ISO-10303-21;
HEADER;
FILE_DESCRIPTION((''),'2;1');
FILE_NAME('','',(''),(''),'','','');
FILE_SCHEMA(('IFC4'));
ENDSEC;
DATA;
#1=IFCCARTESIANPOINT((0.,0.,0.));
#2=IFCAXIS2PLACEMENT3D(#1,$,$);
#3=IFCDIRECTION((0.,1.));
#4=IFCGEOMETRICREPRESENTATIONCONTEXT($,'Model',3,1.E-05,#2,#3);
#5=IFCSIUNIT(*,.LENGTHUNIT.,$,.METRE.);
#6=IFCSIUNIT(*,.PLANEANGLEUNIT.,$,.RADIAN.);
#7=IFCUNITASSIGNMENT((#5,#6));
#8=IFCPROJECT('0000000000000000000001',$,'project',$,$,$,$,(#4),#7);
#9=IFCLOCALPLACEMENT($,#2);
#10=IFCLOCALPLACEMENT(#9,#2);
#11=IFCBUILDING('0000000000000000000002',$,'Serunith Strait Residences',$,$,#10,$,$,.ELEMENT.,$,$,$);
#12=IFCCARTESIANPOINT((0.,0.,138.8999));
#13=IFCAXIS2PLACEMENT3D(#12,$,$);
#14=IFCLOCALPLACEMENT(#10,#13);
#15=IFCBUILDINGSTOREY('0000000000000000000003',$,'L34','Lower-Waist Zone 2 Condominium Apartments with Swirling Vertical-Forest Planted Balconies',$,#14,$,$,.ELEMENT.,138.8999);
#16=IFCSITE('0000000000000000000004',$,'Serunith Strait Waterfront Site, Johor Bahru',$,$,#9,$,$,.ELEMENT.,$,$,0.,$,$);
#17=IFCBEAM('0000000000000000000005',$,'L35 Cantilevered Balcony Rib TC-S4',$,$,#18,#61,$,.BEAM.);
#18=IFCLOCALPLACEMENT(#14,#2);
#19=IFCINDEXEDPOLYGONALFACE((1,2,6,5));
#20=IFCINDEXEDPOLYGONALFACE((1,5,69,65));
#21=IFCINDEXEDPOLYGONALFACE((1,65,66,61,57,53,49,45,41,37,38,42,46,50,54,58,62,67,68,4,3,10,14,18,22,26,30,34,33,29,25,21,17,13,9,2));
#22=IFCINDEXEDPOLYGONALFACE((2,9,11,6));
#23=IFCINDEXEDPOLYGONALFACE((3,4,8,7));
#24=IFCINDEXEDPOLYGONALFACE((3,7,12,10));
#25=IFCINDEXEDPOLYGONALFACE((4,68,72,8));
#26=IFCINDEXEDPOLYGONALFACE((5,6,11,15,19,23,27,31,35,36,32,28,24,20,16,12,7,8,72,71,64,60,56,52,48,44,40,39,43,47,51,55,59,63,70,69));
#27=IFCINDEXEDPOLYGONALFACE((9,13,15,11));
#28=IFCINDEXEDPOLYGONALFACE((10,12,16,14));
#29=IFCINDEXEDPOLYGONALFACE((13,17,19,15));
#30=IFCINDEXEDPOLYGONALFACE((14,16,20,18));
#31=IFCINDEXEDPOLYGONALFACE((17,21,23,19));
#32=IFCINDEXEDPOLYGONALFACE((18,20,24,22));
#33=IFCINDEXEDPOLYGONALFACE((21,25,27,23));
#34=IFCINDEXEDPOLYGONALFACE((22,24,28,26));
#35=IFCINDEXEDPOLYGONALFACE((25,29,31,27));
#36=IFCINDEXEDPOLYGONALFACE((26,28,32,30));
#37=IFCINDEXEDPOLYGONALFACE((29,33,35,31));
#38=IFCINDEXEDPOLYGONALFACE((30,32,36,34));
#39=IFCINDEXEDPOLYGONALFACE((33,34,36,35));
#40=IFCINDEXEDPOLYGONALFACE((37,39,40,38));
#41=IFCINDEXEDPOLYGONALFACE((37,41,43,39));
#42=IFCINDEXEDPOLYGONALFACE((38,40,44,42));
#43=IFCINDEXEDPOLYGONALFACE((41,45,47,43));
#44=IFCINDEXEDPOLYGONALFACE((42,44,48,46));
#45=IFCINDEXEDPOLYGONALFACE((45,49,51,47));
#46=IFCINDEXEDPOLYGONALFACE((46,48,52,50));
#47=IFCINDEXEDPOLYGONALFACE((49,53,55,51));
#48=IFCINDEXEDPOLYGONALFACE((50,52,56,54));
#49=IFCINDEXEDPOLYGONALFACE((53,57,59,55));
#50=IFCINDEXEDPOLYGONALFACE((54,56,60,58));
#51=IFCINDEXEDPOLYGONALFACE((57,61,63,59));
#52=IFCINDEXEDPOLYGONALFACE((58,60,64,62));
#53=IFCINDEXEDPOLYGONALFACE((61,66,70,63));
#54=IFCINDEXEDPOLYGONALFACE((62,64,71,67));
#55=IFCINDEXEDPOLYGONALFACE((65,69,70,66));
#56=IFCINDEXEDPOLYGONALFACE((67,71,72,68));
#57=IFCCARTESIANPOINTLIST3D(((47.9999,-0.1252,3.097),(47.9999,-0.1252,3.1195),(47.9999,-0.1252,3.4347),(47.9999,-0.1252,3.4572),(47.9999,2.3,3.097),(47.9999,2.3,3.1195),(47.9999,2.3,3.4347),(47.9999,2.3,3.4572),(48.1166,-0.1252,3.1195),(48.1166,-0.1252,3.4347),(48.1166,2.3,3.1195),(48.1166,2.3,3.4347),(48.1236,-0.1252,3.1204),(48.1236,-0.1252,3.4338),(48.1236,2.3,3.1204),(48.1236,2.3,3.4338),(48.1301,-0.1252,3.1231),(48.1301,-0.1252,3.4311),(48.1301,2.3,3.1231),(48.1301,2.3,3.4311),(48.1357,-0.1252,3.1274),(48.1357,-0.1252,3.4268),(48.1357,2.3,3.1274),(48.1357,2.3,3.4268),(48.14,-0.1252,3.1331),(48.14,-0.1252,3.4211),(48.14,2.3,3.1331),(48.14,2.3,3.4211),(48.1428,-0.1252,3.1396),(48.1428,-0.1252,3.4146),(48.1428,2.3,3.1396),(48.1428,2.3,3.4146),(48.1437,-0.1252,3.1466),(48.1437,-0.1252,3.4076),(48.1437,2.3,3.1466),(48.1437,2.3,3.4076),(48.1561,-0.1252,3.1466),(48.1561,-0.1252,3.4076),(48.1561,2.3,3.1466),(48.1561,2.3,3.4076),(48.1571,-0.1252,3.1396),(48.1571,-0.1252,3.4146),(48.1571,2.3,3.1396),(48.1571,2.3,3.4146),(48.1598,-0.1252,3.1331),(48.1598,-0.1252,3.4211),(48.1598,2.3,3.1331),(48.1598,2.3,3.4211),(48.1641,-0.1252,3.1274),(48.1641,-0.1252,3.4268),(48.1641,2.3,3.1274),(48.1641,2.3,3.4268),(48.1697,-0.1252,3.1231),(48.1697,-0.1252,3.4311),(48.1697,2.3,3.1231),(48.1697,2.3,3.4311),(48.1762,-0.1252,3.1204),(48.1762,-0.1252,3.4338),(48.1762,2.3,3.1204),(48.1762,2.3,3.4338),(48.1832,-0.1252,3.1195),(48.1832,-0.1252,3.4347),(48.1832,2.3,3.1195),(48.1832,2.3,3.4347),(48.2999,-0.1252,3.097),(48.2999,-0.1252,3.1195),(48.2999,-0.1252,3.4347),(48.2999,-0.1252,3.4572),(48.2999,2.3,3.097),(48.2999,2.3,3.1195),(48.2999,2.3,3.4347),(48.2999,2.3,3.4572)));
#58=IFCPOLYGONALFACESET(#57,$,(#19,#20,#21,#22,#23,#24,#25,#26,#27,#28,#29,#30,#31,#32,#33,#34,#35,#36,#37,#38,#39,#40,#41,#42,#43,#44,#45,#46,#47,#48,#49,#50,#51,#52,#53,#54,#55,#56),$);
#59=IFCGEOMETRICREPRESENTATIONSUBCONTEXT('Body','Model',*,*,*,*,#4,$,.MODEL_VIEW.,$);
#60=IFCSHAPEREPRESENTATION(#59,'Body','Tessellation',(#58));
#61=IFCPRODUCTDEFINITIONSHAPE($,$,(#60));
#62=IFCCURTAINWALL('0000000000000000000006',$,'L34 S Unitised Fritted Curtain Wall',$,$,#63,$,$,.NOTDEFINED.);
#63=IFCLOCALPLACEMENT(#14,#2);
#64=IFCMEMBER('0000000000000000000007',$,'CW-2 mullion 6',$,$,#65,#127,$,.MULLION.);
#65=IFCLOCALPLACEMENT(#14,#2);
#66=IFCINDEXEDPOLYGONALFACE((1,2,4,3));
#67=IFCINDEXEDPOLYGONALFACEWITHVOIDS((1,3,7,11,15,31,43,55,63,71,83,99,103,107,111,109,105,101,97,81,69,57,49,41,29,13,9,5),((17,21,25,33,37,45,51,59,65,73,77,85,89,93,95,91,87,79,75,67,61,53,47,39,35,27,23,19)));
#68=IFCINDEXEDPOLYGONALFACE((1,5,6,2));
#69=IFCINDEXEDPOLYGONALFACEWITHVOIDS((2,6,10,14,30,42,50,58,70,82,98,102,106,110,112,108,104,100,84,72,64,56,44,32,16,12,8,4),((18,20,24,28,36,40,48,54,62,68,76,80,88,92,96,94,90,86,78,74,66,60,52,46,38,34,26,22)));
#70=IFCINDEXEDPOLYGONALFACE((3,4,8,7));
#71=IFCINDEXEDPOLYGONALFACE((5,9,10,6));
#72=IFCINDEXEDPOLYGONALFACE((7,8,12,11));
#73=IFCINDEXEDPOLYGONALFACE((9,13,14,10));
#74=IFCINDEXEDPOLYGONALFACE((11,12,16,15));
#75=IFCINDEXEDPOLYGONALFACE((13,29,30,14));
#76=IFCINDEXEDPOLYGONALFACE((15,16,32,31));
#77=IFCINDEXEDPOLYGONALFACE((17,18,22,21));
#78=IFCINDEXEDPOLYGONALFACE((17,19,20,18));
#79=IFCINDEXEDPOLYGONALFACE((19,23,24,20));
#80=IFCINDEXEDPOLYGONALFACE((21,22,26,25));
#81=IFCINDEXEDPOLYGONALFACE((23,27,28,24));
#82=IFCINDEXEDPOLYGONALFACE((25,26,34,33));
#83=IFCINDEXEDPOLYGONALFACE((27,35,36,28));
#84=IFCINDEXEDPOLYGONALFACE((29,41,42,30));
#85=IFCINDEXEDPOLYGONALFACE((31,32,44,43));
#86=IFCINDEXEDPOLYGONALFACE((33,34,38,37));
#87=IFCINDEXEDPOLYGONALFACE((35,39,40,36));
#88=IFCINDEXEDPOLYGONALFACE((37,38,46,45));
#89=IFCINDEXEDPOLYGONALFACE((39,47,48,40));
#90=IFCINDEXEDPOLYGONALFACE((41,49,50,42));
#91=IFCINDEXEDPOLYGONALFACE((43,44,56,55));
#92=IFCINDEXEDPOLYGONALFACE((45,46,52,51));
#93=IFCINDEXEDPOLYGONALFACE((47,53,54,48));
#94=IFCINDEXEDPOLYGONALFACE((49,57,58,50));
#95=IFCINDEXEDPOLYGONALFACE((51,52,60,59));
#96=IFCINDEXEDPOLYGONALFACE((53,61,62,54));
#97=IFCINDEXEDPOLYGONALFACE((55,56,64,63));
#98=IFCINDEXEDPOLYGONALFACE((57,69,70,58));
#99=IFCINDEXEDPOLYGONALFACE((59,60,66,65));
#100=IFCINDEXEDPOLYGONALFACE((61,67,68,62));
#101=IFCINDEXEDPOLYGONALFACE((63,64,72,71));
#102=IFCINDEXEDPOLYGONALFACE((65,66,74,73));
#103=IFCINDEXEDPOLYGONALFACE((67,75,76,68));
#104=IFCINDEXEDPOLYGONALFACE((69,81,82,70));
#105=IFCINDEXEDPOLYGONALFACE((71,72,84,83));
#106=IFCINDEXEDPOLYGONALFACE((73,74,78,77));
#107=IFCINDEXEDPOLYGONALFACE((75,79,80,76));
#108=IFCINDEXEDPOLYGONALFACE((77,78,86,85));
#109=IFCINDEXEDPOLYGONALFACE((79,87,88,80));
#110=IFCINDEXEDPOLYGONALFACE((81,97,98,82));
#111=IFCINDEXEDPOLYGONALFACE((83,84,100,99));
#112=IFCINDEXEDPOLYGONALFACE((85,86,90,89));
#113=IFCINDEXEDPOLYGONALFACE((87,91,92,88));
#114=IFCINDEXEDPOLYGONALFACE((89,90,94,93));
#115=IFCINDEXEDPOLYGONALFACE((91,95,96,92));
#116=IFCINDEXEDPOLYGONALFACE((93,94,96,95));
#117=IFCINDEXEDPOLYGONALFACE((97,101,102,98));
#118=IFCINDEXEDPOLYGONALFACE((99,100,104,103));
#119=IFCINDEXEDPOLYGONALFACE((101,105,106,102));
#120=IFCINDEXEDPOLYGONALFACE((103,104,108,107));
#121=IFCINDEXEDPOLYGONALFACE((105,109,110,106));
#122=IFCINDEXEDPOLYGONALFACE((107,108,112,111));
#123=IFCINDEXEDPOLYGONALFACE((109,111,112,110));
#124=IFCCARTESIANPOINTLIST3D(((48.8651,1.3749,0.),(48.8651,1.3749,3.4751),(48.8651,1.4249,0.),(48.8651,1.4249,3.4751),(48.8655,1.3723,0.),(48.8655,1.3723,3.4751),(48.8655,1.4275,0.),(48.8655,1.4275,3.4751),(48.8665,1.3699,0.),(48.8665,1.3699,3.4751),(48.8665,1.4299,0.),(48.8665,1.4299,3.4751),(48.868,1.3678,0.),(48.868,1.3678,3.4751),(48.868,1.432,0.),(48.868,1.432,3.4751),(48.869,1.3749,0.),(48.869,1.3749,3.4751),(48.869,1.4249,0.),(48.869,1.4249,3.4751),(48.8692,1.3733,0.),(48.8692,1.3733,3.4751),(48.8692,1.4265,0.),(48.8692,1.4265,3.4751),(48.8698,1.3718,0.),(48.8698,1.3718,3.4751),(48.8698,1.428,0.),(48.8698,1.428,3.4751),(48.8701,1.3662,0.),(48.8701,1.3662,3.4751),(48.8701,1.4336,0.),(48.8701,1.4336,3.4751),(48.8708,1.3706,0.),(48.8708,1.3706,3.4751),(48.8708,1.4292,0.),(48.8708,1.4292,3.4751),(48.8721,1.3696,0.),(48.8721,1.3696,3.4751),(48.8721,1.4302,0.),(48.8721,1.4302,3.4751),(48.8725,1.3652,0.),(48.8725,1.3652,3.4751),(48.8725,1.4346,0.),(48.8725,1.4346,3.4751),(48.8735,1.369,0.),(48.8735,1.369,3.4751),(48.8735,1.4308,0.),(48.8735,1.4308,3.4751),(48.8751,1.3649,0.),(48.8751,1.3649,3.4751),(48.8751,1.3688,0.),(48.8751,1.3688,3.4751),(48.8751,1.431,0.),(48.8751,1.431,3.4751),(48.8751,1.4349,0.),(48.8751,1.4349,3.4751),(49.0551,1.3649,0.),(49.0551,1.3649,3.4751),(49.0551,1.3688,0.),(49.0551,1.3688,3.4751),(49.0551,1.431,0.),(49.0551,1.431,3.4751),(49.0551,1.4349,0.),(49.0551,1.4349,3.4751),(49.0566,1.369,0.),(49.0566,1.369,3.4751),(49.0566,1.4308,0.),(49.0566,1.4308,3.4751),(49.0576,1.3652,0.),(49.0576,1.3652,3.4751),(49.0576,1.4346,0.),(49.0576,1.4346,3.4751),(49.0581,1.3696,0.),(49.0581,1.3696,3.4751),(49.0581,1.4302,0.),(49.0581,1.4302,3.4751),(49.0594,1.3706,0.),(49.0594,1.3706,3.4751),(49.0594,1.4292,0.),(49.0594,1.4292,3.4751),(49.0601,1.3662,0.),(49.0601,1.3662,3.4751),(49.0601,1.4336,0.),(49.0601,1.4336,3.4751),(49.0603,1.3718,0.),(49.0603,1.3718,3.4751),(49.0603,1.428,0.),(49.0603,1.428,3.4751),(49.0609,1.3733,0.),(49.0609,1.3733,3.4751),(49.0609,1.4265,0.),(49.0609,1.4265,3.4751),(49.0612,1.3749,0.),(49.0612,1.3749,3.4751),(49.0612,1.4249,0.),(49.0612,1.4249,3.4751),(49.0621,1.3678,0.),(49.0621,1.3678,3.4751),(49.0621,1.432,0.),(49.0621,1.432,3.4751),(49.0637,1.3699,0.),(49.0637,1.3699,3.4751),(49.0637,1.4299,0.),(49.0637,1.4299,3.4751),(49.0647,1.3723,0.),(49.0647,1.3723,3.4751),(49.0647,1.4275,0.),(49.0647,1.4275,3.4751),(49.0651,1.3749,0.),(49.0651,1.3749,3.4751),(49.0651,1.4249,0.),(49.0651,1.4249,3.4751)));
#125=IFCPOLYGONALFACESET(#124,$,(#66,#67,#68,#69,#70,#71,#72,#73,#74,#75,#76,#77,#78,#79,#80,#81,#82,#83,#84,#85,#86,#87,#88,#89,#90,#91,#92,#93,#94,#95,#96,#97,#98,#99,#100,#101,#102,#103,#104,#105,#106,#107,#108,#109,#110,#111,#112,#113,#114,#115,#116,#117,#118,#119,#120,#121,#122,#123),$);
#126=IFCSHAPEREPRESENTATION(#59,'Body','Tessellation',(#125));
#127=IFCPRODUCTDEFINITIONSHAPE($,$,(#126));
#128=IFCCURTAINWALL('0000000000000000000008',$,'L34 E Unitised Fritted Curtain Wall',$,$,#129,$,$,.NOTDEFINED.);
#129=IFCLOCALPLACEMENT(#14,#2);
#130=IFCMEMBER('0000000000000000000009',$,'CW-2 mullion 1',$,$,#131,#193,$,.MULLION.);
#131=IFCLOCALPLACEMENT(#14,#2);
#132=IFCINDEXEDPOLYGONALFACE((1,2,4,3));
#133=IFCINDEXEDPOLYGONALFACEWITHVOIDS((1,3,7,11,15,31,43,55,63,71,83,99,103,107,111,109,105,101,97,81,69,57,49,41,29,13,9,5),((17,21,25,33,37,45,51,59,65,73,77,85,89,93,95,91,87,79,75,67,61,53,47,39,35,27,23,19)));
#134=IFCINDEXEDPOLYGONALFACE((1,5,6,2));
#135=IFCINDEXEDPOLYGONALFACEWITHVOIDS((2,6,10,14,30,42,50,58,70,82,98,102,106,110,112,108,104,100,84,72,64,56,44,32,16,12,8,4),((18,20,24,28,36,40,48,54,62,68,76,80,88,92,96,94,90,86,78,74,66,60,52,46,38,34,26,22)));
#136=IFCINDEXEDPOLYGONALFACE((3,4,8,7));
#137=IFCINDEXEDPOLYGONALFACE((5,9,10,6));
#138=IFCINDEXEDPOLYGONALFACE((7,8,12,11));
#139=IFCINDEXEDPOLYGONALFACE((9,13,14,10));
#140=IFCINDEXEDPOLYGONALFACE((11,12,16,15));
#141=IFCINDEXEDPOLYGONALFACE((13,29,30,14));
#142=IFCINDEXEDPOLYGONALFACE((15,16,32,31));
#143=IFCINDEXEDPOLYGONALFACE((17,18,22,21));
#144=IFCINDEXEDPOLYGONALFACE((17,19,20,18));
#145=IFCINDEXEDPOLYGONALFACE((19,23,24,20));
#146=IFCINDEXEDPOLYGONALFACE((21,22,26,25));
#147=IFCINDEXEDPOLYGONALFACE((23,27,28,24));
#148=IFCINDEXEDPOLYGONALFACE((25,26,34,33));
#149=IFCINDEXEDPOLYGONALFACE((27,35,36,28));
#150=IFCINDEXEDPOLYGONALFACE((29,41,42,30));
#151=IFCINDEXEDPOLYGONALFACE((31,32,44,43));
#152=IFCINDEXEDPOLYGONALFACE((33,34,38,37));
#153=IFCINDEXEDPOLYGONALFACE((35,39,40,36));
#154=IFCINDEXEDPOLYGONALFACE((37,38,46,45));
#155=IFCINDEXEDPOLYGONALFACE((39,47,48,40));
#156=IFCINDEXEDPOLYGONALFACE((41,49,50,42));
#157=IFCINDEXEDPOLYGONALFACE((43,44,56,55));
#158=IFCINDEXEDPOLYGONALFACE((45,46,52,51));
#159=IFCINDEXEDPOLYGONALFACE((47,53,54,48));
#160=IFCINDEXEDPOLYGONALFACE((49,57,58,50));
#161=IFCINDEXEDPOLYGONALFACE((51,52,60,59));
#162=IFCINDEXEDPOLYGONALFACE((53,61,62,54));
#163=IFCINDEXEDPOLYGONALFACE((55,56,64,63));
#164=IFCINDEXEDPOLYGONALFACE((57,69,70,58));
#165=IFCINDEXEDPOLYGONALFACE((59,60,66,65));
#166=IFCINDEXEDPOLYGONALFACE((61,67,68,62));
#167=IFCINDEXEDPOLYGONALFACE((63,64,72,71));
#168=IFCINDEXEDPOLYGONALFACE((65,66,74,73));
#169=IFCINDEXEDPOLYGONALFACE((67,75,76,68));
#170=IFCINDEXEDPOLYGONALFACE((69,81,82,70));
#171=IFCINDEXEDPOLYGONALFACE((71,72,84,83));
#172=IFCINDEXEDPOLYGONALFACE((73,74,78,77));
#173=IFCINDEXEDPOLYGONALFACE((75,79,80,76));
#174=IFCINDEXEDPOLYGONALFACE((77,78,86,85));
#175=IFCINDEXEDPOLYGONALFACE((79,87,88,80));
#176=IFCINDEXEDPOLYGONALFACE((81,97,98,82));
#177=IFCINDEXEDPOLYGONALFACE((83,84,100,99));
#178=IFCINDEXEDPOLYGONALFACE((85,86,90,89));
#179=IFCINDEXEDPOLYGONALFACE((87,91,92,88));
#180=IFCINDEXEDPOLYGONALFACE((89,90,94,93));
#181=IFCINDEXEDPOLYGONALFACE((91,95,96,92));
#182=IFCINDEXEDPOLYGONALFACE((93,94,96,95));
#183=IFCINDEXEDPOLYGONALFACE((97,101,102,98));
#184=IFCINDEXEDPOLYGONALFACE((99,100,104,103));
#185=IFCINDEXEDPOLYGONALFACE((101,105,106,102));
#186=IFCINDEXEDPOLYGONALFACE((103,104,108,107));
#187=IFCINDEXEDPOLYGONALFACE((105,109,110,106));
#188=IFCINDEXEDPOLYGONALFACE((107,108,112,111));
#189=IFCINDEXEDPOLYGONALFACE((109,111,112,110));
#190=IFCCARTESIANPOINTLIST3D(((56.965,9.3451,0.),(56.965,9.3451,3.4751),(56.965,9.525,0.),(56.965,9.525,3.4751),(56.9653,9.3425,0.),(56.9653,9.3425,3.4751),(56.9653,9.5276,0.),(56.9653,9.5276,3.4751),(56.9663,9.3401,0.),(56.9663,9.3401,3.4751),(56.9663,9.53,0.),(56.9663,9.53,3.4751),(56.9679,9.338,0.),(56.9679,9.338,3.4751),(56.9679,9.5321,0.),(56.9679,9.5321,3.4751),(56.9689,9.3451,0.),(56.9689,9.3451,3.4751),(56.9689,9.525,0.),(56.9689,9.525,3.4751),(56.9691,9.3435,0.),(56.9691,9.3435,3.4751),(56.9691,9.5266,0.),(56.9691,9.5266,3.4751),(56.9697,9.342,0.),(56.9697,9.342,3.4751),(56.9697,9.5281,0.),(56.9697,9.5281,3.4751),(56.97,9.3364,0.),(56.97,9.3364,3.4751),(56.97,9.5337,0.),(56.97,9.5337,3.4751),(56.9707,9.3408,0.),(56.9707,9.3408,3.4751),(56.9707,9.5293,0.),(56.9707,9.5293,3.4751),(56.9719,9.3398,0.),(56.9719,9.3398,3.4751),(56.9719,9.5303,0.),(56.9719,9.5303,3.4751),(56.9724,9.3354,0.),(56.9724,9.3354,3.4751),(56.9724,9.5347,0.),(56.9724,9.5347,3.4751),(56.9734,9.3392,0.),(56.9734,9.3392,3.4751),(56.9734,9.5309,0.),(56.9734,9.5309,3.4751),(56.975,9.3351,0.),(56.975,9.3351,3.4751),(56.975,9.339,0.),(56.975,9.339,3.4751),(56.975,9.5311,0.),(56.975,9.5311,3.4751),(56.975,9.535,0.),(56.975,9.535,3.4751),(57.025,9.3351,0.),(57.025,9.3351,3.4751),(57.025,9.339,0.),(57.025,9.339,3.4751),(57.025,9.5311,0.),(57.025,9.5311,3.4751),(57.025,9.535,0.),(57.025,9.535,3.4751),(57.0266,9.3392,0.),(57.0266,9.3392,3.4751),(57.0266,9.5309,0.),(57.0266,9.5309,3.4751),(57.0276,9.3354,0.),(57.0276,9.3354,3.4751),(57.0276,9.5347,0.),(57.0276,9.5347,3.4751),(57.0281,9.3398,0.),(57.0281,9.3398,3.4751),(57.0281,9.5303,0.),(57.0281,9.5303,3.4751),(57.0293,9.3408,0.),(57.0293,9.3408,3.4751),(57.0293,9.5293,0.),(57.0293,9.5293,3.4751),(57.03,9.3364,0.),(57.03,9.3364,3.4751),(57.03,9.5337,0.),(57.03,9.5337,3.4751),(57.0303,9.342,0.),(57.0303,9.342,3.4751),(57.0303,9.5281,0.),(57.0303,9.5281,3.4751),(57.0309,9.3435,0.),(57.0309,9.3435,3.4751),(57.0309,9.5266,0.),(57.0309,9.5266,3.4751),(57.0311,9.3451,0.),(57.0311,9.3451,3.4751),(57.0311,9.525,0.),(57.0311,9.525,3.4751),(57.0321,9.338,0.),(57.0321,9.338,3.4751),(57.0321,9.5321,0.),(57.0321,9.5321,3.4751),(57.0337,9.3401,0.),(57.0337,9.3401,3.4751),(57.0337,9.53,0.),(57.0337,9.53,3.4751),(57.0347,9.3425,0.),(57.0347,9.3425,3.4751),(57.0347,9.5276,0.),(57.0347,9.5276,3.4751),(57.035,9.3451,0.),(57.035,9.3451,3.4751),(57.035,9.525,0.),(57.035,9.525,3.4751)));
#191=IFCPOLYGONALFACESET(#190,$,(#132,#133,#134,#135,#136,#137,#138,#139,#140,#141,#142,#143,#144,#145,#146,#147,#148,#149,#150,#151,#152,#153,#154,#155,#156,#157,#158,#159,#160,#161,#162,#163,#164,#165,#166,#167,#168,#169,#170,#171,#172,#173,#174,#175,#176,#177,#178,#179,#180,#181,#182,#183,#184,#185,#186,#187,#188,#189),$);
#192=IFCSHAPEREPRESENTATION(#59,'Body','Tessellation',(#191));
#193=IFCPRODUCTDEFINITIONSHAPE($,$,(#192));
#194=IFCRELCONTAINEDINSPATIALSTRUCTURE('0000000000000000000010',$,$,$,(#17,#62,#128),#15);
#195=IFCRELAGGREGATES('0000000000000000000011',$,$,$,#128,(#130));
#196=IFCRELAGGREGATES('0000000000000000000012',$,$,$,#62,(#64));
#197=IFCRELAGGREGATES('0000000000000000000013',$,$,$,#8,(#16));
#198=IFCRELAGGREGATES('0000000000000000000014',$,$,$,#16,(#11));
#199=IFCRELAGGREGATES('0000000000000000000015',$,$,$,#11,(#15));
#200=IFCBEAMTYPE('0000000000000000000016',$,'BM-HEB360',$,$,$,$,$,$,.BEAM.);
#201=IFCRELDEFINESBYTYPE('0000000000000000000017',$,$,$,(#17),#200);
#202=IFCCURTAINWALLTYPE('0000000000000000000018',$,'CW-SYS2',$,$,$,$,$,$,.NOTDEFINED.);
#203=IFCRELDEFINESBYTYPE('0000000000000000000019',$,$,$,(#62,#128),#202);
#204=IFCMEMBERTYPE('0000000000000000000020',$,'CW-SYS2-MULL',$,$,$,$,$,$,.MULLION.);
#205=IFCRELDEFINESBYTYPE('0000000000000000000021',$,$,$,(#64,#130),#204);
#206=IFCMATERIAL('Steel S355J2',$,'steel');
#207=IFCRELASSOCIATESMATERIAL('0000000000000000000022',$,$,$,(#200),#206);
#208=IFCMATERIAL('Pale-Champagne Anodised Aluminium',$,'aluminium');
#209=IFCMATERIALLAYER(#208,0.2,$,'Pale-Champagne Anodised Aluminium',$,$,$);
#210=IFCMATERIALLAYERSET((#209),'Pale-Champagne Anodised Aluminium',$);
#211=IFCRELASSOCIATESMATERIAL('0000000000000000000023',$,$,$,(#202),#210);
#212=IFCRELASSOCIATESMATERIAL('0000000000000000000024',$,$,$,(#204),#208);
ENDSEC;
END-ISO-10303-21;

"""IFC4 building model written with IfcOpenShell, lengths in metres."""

from ifc_helpers import new_model, si_unit, direction, frame, origin, origin_2d, place, context, subcontext, project, spatial, hollow_rectangle, i_section, extrude, source, transform, mapped, material, layer, layer_set, material_profile, profile_set, type_object, element, aggregate, save


model = new_model("IFC4")

# Units and contexts
model_context = context("Model", 3, precision=1e-05, world=origin(), true_north=direction((0.0, 1.0)))
body_context = subcontext(model_context, "Body", "Model", "MODEL_VIEW")
ifc_project = project(units=[si_unit("LENGTHUNIT", "METRE"), si_unit("PLANEANGLEUNIT", "RADIAN")], contexts=[model_context])

# Site, building, storey
site_placement = place(None, origin())
site = spatial("IfcSite", under=ifc_project, at=site_placement, Name="Serunith Strait Waterfront Site, Johor Bahru", CompositionType="ELEMENT", RefElevation=0.0)
building_placement = place(site_placement, origin())
building = spatial("IfcBuilding", under=site, at=building_placement, Name="Serunith Strait Residences", CompositionType="ELEMENT")
storey_placement = place(building_placement, frame((0.0, 0.0, 138.8999)))
storey = spatial("IfcBuildingStorey", under=building, at=storey_placement, Name="L34", Description="Lower-Waist Zone 2 Condominium Apartments with Swirling Vertical-Forest Planted Balconies", CompositionType="ELEMENT", Elevation=138.8999)

# Beam
ifc_material_1 = material(Name="Steel S355J2", Category="steel")
ifc_material_profile_1 = material_profile(ifc_material_1, i_section(OverallWidth=0.3, OverallDepth=0.3601, WebThickness=0.0125, FlangeThickness=0.0225, FilletRadius=0.0271, at=origin_2d()), Name="HEB 360")
ifc_profile_set_1 = profile_set([ifc_material_profile_1], Name="Steel S355J2")
beam_type_1 = type_object("IfcBeamType", Name="BM-HEB360", PredefinedType="BEAM", material=ifc_profile_set_1)
shared_shape_1 = source(origin(), body_context, "Body", "SweptSolid", [
    extrude(i_section(OverallWidth=0.3, OverallDepth=0.3601, WebThickness=0.0125, FlangeThickness=0.0225, FilletRadius=0.0271, at=origin_2d()), origin(), (0.0, 0.0, 1.0), 2.4253),
])
beam_1_placement = place(storey_placement, frame((48.1499, 2.3, 3.2771), z_axis=(0.0, -1.0, 0.0), x_axis=(1.0, 0.0, 0.0)))
element("IfcBeam", 1, at=beam_1_placement, inside=storey, type_object=beam_type_1, Name="L35 Cantilevered Balcony Rib TC-S4", PredefinedType="BEAM", context=body_context, shape_type="MappedRepresentation", body=[
    mapped(shared_shape_1, transform((0.0, 0.0, 0.0), scale=1.0)),
])

# Curtain wall, member
ifc_material_2 = material(Name="Pale-Champagne Anodised Aluminium", Category="aluminium")
ifc_layer_1 = layer(ifc_material_2, 0.2, Name="Pale-Champagne Anodised Aluminium")
ifc_layer_set_1 = layer_set([ifc_layer_1], Name="Pale-Champagne Anodised Aluminium")
curtain_wall_type = type_object("IfcCurtainWallType", Name="CW-SYS2", PredefinedType="NOTDEFINED", material=ifc_layer_set_1)
curtain_wall_1_placement = place(storey_placement, origin())
curtain_wall_1 = element("IfcCurtainWall", 2, at=curtain_wall_1_placement, inside=storey, type_object=curtain_wall_type, Name="L34 S Unitised Fritted Curtain Wall", PredefinedType="NOTDEFINED")
ifc_material_profile_2 = material_profile(ifc_material_2, hollow_rectangle(XDim=0.0701, YDim=0.2, WallThickness=0.0039, InnerFilletRadius=0.0061, OuterFilletRadius=0.01, at=origin_2d()), Name="ALU 200x70x4")
ifc_profile_set_2 = profile_set([ifc_material_profile_2], Name="Pale-Champagne Anodised Aluminium")
member_type_1 = type_object("IfcMemberType", Name="CW-SYS2-MULL", PredefinedType="MULLION", material=ifc_profile_set_2)
shared_shape_2 = source(origin(), body_context, "Body", "SweptSolid", [
    extrude(hollow_rectangle(XDim=0.0701, YDim=0.2, WallThickness=0.0039, InnerFilletRadius=0.0061, OuterFilletRadius=0.01, at=origin_2d()), origin(), (0.0, 0.0, 1.0), 3.4751),
])
member_1_placement = place(storey_placement, frame((48.9651, 1.3999, 0.0), z_axis=(0.0, 0.0, 1.0), x_axis=(0.0, 1.0, 0.0)))
member_1 = element("IfcMember", 3, at=member_1_placement, type_object=member_type_1, Name="CW-2 mullion 6", PredefinedType="MULLION", context=body_context, shape_type="MappedRepresentation", body=[
    mapped(shared_shape_2, transform((0.0, 0.0, 0.0), scale=1.0)),
])

# Curtain wall, member
curtain_wall_2_placement = place(storey_placement, origin())
curtain_wall_2 = element("IfcCurtainWall", 4, at=curtain_wall_2_placement, inside=storey, type_object=curtain_wall_type, Name="L34 E Unitised Fritted Curtain Wall", PredefinedType="NOTDEFINED")
member_2_placement = place(storey_placement, frame((57.0, 9.4351, 0.0), z_axis=(0.0, 0.0, 1.0), x_axis=(-1.0, 0.0, 0.0)))
member_2 = element("IfcMember", 5, at=member_2_placement, type_object=member_type_1, Name="CW-2 mullion 1", PredefinedType="MULLION", context=body_context, shape_type="MappedRepresentation", body=[
    mapped(shared_shape_2, transform((0.0, 0.0, 0.0), scale=1.0)),
])
aggregate(curtain_wall_2, [member_2])

aggregate(curtain_wall_1, [member_1])

save(model, "model.ifc")
